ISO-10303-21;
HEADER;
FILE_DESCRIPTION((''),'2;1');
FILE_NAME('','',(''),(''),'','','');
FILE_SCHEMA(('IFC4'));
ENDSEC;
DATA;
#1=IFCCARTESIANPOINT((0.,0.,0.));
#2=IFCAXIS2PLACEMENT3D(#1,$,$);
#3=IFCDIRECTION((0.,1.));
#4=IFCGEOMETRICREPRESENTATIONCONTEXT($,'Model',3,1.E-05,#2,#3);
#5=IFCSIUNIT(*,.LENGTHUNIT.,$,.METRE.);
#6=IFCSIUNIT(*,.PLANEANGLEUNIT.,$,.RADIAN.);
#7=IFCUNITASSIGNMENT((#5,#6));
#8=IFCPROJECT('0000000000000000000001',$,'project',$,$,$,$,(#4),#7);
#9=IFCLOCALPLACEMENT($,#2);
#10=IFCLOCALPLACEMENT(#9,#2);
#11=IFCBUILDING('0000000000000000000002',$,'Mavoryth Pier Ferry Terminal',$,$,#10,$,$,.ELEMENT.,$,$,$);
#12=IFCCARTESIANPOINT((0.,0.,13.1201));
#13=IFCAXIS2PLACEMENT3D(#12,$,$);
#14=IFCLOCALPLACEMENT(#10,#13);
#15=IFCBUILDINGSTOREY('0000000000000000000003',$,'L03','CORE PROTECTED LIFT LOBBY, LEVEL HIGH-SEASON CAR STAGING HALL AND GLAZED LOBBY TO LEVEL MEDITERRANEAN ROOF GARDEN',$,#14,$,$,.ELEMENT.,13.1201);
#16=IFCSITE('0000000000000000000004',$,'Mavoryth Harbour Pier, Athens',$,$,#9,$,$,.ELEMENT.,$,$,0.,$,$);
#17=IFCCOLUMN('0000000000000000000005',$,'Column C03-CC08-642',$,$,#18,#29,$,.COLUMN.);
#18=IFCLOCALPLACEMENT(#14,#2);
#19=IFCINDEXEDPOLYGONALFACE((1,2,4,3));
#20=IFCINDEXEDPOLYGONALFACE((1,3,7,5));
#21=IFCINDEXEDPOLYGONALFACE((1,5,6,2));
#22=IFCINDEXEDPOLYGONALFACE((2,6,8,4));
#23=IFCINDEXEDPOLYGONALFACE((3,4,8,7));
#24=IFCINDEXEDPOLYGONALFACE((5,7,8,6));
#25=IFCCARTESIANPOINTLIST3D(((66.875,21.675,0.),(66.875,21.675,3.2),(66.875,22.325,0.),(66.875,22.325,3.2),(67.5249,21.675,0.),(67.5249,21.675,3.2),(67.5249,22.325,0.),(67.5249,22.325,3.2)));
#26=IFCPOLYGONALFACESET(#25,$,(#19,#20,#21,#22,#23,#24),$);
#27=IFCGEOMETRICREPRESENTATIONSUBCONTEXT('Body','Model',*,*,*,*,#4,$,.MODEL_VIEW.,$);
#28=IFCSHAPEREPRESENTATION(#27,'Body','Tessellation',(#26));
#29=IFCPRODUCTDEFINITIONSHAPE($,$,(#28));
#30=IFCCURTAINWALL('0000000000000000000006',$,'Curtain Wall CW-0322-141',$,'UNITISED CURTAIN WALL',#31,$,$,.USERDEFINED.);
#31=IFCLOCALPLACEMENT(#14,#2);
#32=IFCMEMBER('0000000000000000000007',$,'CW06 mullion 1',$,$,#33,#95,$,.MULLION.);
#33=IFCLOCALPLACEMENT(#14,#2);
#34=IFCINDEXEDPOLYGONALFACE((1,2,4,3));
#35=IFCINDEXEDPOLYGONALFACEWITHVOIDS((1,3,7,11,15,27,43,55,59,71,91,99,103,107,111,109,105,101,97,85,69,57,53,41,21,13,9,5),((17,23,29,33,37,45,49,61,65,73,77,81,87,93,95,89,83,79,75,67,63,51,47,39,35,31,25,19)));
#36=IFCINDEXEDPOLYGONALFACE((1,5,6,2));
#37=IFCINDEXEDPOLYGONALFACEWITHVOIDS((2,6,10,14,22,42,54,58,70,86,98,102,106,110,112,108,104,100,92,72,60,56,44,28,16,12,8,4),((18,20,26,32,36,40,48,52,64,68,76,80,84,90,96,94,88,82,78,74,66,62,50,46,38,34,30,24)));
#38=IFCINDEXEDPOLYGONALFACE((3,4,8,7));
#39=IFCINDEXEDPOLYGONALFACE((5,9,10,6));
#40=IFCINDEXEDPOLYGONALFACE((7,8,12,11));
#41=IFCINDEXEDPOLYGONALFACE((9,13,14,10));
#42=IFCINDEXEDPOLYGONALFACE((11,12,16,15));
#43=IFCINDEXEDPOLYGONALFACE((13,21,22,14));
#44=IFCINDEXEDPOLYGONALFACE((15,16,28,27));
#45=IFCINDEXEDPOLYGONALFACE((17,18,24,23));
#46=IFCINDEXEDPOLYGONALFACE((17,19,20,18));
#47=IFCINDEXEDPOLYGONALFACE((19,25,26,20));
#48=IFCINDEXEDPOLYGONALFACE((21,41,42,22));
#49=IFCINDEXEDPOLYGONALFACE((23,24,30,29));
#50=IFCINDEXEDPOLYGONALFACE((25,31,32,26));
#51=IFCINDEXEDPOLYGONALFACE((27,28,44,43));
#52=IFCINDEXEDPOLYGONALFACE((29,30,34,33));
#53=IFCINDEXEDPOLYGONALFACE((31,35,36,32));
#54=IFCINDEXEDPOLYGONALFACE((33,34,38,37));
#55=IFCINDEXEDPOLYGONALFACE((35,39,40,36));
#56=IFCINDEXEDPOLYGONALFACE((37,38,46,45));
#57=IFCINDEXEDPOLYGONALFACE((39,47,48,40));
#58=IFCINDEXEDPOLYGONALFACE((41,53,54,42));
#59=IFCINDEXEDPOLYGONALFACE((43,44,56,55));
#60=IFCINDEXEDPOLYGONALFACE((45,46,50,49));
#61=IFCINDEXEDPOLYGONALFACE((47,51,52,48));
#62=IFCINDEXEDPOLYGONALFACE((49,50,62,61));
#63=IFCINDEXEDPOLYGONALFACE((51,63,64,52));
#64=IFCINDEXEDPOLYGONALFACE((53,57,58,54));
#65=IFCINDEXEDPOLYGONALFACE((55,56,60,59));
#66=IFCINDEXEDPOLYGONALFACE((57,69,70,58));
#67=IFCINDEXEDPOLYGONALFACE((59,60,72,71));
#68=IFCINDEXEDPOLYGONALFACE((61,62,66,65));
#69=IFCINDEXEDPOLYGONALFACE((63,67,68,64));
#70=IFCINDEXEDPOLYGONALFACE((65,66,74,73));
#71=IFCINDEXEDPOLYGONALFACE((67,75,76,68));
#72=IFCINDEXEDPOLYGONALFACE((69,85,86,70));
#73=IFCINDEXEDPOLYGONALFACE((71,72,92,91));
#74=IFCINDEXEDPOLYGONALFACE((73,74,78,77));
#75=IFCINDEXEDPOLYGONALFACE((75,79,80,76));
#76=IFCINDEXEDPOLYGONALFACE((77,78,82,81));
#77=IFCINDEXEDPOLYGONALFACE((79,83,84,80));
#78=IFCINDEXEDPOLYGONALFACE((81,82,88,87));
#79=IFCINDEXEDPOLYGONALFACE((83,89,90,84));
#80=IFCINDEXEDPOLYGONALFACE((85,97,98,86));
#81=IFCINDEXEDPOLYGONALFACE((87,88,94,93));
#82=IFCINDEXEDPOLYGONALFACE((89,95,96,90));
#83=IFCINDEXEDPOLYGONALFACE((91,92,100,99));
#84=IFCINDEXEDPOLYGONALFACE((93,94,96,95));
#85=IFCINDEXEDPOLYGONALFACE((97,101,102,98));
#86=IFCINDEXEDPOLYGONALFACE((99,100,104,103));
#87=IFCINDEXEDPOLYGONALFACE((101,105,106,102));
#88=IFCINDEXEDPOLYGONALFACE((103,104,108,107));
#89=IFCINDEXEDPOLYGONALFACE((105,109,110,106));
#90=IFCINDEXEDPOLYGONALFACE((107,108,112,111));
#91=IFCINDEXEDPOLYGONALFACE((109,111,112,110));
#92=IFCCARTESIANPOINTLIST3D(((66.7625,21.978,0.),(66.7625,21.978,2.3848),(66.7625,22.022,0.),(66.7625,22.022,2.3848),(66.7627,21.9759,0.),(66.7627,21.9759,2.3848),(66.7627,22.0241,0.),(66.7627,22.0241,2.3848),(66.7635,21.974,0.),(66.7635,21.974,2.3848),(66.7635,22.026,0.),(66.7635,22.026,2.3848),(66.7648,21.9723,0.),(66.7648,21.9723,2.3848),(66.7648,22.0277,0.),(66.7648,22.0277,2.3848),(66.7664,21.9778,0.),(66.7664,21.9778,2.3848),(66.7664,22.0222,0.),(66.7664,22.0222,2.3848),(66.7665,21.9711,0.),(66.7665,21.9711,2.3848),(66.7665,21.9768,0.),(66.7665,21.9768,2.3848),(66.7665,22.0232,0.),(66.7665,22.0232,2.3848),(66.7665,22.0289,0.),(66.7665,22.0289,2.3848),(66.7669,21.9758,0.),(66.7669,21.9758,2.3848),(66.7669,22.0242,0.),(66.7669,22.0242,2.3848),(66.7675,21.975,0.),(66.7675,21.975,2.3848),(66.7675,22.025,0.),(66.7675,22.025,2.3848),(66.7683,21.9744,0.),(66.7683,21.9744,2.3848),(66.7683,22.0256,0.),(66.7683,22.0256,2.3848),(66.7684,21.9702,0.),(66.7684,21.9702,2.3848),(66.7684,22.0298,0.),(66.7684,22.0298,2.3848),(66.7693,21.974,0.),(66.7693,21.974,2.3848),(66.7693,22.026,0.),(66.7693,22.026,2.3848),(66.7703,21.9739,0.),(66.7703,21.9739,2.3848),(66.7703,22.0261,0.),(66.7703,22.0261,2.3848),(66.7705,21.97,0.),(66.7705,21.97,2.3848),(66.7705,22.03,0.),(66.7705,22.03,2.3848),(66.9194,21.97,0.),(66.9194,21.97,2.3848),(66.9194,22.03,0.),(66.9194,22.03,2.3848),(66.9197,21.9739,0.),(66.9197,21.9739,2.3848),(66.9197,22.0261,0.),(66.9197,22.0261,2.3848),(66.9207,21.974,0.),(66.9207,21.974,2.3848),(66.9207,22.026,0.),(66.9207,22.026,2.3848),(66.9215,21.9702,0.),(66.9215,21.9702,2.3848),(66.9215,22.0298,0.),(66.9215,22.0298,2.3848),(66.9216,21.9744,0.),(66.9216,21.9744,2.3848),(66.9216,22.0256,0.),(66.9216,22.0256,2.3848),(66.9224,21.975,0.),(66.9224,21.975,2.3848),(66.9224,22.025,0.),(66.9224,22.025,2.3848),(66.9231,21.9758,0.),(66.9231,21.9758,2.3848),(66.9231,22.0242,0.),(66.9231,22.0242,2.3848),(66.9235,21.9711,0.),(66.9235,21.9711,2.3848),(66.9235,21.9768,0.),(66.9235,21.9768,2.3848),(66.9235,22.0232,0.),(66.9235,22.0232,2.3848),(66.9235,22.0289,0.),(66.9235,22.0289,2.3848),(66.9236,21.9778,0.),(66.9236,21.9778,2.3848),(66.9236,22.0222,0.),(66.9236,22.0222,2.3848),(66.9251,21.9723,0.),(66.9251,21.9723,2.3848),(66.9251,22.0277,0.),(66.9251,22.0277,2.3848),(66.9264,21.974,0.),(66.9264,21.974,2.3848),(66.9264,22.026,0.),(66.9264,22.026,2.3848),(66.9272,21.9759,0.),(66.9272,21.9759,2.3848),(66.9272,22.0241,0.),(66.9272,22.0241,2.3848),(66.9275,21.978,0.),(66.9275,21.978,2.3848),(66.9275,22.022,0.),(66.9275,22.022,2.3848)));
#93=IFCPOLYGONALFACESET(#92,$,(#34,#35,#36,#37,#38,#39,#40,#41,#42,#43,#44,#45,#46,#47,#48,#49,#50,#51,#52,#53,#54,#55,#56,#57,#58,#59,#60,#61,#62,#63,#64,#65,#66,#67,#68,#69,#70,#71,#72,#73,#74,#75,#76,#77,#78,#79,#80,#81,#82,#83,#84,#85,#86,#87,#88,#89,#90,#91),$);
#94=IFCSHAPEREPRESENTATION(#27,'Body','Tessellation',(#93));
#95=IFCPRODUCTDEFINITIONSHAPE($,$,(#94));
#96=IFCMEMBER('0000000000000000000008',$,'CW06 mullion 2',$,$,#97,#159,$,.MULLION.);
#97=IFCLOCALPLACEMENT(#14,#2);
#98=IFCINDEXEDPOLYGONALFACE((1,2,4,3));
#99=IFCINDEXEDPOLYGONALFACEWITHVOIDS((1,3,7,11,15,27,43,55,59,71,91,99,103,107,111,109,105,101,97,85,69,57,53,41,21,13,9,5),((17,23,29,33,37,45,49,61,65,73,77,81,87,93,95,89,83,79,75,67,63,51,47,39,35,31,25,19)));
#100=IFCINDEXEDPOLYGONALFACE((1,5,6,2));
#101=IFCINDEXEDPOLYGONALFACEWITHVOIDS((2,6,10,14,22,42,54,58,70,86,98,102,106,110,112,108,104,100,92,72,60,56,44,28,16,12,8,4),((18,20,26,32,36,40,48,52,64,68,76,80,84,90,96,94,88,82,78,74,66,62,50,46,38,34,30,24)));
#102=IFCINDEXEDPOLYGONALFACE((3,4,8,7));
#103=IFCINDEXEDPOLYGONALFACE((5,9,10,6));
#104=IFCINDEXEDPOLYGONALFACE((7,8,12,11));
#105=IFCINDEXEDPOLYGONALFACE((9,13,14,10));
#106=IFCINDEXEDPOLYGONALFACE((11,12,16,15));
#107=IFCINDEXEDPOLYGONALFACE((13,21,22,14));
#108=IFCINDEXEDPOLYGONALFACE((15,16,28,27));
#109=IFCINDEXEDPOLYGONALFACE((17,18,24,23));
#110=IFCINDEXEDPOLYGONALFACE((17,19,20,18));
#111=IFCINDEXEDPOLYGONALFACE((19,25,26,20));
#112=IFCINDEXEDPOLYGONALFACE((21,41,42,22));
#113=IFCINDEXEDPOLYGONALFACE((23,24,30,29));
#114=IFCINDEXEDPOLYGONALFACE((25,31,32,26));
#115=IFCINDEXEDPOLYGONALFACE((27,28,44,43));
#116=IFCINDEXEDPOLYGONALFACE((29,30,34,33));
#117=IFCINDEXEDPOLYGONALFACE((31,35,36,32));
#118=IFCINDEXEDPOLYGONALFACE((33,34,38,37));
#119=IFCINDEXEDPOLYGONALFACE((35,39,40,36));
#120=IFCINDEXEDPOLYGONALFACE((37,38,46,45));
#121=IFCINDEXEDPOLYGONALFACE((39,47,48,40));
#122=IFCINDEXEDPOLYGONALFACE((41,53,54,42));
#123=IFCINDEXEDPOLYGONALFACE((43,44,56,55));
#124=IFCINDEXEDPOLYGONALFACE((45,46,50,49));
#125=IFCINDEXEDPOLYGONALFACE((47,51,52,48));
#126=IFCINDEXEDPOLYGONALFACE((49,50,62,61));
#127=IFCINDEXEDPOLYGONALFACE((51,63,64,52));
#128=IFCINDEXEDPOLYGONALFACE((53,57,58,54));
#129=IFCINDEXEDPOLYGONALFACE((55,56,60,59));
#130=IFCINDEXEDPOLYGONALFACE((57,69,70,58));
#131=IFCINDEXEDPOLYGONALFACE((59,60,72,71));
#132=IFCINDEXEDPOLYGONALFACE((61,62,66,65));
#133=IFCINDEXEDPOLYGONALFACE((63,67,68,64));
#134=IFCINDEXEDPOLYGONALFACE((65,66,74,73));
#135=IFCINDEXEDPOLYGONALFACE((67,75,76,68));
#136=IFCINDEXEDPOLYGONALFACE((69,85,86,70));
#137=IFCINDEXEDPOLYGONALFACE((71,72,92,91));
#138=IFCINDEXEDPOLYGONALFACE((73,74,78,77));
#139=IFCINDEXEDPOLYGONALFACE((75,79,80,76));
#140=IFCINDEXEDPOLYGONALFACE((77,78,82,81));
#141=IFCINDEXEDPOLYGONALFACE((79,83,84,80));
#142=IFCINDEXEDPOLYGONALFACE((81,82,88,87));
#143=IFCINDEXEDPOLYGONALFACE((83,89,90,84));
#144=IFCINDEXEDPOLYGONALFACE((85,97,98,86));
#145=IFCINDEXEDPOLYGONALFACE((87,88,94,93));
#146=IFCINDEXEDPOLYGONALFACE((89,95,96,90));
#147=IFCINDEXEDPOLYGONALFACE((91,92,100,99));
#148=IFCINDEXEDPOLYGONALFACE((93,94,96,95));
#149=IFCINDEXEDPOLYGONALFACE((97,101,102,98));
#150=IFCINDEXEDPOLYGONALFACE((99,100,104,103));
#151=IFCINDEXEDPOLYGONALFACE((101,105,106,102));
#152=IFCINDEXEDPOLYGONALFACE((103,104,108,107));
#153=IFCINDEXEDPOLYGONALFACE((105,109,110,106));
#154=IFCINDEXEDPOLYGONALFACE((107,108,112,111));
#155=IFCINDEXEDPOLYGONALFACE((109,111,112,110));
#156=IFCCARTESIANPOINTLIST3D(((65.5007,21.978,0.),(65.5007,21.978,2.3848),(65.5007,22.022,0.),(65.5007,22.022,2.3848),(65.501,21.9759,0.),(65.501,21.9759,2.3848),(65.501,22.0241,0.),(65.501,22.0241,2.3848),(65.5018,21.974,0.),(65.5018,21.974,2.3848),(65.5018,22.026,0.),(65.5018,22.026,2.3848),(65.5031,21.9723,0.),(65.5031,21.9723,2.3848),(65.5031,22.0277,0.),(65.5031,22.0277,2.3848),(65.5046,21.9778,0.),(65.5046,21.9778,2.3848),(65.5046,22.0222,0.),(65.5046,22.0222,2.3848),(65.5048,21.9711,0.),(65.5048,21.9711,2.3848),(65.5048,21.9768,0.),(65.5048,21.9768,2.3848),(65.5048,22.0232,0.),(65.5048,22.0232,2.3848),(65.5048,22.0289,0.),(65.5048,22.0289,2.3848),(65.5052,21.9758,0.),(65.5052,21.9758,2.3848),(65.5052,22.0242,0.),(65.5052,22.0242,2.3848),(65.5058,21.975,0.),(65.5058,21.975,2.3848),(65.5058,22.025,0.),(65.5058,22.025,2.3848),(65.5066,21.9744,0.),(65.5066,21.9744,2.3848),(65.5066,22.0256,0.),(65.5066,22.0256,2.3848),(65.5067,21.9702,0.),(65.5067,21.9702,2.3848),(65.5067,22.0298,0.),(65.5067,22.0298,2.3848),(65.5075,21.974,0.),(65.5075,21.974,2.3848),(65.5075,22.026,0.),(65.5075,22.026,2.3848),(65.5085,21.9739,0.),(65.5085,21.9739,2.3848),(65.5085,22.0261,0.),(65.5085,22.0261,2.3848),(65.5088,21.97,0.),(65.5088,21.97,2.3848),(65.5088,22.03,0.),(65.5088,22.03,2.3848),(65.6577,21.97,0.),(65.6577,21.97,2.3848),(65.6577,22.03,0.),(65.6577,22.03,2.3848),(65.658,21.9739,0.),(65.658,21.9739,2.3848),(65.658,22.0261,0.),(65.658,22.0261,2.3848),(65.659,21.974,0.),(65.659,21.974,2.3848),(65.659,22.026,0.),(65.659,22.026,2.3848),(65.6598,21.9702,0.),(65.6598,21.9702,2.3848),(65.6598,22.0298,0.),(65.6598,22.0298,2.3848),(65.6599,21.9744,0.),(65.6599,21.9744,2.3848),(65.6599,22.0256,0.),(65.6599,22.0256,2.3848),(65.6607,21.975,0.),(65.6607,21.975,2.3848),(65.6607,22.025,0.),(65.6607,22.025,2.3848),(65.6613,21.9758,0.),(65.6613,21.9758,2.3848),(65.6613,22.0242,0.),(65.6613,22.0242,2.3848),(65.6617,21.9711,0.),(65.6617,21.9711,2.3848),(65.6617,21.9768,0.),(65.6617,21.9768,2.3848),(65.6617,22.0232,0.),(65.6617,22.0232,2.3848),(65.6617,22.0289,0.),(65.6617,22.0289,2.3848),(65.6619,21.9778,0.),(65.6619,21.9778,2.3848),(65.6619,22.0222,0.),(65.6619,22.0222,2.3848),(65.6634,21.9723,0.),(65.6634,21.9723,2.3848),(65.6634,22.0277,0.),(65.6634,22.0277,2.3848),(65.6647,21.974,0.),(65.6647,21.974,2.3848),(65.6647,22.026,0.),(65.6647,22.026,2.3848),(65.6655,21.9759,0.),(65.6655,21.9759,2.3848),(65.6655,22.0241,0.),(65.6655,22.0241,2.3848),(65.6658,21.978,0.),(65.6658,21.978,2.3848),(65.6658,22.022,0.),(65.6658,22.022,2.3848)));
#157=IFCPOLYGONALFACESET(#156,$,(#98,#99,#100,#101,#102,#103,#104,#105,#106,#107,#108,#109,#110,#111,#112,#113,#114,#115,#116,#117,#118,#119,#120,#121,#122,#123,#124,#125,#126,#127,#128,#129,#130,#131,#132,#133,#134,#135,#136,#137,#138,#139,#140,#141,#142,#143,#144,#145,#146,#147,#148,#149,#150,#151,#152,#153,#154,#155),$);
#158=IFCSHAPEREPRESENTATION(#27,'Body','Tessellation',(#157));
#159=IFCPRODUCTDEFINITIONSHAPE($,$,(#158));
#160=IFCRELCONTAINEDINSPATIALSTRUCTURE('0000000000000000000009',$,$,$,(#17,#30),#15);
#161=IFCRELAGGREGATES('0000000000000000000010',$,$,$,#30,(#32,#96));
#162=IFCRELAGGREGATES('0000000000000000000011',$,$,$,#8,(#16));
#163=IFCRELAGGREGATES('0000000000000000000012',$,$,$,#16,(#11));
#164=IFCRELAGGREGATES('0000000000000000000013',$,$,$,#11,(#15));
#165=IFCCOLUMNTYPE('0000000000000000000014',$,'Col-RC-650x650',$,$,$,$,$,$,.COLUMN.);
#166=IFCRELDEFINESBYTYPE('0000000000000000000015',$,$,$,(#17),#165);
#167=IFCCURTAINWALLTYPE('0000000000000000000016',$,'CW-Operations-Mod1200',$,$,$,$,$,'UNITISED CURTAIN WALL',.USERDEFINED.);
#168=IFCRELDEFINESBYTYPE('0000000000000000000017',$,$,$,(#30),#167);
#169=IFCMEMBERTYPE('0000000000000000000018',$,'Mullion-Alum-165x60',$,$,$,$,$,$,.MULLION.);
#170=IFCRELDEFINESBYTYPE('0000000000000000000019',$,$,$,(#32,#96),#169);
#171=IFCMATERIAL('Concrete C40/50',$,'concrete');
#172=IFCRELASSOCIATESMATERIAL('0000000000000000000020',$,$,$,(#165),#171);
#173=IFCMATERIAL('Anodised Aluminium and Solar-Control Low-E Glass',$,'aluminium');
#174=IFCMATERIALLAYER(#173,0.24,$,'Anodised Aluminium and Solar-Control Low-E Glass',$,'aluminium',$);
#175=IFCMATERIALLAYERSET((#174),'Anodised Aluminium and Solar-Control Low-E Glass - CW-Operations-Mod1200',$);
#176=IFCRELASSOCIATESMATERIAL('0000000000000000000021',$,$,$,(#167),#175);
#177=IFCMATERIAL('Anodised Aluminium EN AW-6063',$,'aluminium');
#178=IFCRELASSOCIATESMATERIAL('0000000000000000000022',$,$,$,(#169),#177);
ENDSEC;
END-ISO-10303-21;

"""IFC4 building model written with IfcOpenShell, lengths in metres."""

from ifc_helpers import new_model, si_unit, direction, frame, origin, origin_2d, place, context, subcontext, project, spatial, rectangle, hollow_rectangle, extrude, material, layer, layer_set, material_profile, profile_set, type_object, element, aggregate, save


model = new_model("IFC4")

# Units and contexts
model_context = context("Model", 3, precision=1e-05, world=origin(), true_north=direction((0.0, 1.0)))
body_context = subcontext(model_context, "Body", "Model", "MODEL_VIEW")
ifc_project = project(units=[si_unit("LENGTHUNIT", "METRE"), si_unit("PLANEANGLEUNIT", "RADIAN")], contexts=[model_context])

# Site, building, storey
site_placement = place(None, origin())
site = spatial("IfcSite", under=ifc_project, at=site_placement, Name="Mavoryth Harbour Pier, Athens", CompositionType="ELEMENT", RefElevation=0.0)
building_placement = place(site_placement, origin())
building = spatial("IfcBuilding", under=site, at=building_placement, Name="Mavoryth Pier Ferry Terminal", CompositionType="ELEMENT")
storey_placement = place(building_placement, frame((0.0, 0.0, 13.1201)))
storey = spatial("IfcBuildingStorey", under=building, at=storey_placement, Name="L03", Description="CORE PROTECTED LIFT LOBBY, LEVEL HIGH-SEASON CAR STAGING HALL AND GLAZED LOBBY TO LEVEL MEDITERRANEAN ROOF GARDEN", CompositionType="ELEMENT", Elevation=13.1201)

# Column
ifc_material_1 = material(Name="Concrete C40/50", Category="concrete")
ifc_material_profile_1 = material_profile(ifc_material_1, rectangle(XDim=0.6499, YDim=0.6499, at=origin_2d()), Name="RC 650x650", Category="concrete")
ifc_profile_set_1 = profile_set([ifc_material_profile_1], Name="Concrete C40/50 - RC 650x650")
column_type = type_object("IfcColumnType", Name="Col-RC-650x650", PredefinedType="COLUMN", material=ifc_profile_set_1)
column_placement = place(storey_placement, frame((67.2, 22.0, 0.0), z_axis=(0.0, 0.0, 1.0), x_axis=(1.0, 0.0, 0.0)))
element("IfcColumn", 1, at=column_placement, inside=storey, type_object=column_type, Name="Column C03-CC08-642", PredefinedType="COLUMN", context=body_context, shape_type="SweptSolid", body=[
    extrude(rectangle(XDim=0.6499, YDim=0.6499, at=origin_2d()), origin(), (0.0, 0.0, 1.0), 3.2),
])

# Curtain wall, members
ifc_material_2 = material(Name="Anodised Aluminium and Solar-Control Low-E Glass", Category="aluminium")
ifc_layer_1 = layer(ifc_material_2, 0.24, Name="Anodised Aluminium and Solar-Control Low-E Glass", Category="aluminium")
ifc_layer_set_1 = layer_set([ifc_layer_1], Name="Anodised Aluminium and Solar-Control Low-E Glass - CW-Operations-Mod1200")
curtain_wall_type = type_object("IfcCurtainWallType", Name="CW-Operations-Mod1200", ElementType="UNITISED CURTAIN WALL", PredefinedType="USERDEFINED", material=ifc_layer_set_1)
curtain_wall_1_placement = place(storey_placement, origin())
curtain_wall_1 = element("IfcCurtainWall", 2, at=curtain_wall_1_placement, inside=storey, type_object=curtain_wall_type, Name="Curtain Wall CW-0322-141", ObjectType="UNITISED CURTAIN WALL", PredefinedType="USERDEFINED")
ifc_material_3 = material(Name="Anodised Aluminium EN AW-6063", Category="aluminium")
ifc_material_profile_2 = material_profile(ifc_material_3, hollow_rectangle(XDim=0.0601, YDim=0.165, WallThickness=0.0039, InnerFilletRadius=0.0039, OuterFilletRadius=0.0081, at=origin_2d()), Name="AL-MULL 165x60x4", Category="aluminium")
ifc_profile_set_2 = profile_set([ifc_material_profile_2], Name="Anodised Aluminium EN AW-6063 - AL-MULL 165x60x4")
member_type_1 = type_object("IfcMemberType", Name="Mullion-Alum-165x60", PredefinedType="MULLION", material=ifc_profile_set_2)
member_1_placement = place(storey_placement, frame((66.845, 22.0, 0.0), z_axis=(0.0, 0.0, 1.0), x_axis=(0.0, -1.0, 0.0)))
member_1 = element("IfcMember", 3, at=member_1_placement, type_object=member_type_1, Name="CW06 mullion 1", PredefinedType="MULLION", context=body_context, shape_type="SweptSolid", body=[
    extrude(hollow_rectangle(XDim=0.0601, YDim=0.165, WallThickness=0.0039, InnerFilletRadius=0.0039, OuterFilletRadius=0.0081, at=origin_2d()), origin(), (0.0, 0.0, 1.0), 2.3848),
])
member_2_placement = place(storey_placement, frame((65.5833, 22.0, 0.0), z_axis=(0.0, 0.0, 1.0), x_axis=(0.0, -1.0, 0.0)))
member_2 = element("IfcMember", 4, at=member_2_placement, type_object=member_type_1, Name="CW06 mullion 2", PredefinedType="MULLION", context=body_context, shape_type="SweptSolid", body=[
    extrude(hollow_rectangle(XDim=0.0601, YDim=0.165, WallThickness=0.0039, InnerFilletRadius=0.0039, OuterFilletRadius=0.0081, at=origin_2d()), origin(), (0.0, 0.0, 1.0), 2.3848),
])

aggregate(curtain_wall_1, [member_1, member_2])

save(model, "model.ifc")
